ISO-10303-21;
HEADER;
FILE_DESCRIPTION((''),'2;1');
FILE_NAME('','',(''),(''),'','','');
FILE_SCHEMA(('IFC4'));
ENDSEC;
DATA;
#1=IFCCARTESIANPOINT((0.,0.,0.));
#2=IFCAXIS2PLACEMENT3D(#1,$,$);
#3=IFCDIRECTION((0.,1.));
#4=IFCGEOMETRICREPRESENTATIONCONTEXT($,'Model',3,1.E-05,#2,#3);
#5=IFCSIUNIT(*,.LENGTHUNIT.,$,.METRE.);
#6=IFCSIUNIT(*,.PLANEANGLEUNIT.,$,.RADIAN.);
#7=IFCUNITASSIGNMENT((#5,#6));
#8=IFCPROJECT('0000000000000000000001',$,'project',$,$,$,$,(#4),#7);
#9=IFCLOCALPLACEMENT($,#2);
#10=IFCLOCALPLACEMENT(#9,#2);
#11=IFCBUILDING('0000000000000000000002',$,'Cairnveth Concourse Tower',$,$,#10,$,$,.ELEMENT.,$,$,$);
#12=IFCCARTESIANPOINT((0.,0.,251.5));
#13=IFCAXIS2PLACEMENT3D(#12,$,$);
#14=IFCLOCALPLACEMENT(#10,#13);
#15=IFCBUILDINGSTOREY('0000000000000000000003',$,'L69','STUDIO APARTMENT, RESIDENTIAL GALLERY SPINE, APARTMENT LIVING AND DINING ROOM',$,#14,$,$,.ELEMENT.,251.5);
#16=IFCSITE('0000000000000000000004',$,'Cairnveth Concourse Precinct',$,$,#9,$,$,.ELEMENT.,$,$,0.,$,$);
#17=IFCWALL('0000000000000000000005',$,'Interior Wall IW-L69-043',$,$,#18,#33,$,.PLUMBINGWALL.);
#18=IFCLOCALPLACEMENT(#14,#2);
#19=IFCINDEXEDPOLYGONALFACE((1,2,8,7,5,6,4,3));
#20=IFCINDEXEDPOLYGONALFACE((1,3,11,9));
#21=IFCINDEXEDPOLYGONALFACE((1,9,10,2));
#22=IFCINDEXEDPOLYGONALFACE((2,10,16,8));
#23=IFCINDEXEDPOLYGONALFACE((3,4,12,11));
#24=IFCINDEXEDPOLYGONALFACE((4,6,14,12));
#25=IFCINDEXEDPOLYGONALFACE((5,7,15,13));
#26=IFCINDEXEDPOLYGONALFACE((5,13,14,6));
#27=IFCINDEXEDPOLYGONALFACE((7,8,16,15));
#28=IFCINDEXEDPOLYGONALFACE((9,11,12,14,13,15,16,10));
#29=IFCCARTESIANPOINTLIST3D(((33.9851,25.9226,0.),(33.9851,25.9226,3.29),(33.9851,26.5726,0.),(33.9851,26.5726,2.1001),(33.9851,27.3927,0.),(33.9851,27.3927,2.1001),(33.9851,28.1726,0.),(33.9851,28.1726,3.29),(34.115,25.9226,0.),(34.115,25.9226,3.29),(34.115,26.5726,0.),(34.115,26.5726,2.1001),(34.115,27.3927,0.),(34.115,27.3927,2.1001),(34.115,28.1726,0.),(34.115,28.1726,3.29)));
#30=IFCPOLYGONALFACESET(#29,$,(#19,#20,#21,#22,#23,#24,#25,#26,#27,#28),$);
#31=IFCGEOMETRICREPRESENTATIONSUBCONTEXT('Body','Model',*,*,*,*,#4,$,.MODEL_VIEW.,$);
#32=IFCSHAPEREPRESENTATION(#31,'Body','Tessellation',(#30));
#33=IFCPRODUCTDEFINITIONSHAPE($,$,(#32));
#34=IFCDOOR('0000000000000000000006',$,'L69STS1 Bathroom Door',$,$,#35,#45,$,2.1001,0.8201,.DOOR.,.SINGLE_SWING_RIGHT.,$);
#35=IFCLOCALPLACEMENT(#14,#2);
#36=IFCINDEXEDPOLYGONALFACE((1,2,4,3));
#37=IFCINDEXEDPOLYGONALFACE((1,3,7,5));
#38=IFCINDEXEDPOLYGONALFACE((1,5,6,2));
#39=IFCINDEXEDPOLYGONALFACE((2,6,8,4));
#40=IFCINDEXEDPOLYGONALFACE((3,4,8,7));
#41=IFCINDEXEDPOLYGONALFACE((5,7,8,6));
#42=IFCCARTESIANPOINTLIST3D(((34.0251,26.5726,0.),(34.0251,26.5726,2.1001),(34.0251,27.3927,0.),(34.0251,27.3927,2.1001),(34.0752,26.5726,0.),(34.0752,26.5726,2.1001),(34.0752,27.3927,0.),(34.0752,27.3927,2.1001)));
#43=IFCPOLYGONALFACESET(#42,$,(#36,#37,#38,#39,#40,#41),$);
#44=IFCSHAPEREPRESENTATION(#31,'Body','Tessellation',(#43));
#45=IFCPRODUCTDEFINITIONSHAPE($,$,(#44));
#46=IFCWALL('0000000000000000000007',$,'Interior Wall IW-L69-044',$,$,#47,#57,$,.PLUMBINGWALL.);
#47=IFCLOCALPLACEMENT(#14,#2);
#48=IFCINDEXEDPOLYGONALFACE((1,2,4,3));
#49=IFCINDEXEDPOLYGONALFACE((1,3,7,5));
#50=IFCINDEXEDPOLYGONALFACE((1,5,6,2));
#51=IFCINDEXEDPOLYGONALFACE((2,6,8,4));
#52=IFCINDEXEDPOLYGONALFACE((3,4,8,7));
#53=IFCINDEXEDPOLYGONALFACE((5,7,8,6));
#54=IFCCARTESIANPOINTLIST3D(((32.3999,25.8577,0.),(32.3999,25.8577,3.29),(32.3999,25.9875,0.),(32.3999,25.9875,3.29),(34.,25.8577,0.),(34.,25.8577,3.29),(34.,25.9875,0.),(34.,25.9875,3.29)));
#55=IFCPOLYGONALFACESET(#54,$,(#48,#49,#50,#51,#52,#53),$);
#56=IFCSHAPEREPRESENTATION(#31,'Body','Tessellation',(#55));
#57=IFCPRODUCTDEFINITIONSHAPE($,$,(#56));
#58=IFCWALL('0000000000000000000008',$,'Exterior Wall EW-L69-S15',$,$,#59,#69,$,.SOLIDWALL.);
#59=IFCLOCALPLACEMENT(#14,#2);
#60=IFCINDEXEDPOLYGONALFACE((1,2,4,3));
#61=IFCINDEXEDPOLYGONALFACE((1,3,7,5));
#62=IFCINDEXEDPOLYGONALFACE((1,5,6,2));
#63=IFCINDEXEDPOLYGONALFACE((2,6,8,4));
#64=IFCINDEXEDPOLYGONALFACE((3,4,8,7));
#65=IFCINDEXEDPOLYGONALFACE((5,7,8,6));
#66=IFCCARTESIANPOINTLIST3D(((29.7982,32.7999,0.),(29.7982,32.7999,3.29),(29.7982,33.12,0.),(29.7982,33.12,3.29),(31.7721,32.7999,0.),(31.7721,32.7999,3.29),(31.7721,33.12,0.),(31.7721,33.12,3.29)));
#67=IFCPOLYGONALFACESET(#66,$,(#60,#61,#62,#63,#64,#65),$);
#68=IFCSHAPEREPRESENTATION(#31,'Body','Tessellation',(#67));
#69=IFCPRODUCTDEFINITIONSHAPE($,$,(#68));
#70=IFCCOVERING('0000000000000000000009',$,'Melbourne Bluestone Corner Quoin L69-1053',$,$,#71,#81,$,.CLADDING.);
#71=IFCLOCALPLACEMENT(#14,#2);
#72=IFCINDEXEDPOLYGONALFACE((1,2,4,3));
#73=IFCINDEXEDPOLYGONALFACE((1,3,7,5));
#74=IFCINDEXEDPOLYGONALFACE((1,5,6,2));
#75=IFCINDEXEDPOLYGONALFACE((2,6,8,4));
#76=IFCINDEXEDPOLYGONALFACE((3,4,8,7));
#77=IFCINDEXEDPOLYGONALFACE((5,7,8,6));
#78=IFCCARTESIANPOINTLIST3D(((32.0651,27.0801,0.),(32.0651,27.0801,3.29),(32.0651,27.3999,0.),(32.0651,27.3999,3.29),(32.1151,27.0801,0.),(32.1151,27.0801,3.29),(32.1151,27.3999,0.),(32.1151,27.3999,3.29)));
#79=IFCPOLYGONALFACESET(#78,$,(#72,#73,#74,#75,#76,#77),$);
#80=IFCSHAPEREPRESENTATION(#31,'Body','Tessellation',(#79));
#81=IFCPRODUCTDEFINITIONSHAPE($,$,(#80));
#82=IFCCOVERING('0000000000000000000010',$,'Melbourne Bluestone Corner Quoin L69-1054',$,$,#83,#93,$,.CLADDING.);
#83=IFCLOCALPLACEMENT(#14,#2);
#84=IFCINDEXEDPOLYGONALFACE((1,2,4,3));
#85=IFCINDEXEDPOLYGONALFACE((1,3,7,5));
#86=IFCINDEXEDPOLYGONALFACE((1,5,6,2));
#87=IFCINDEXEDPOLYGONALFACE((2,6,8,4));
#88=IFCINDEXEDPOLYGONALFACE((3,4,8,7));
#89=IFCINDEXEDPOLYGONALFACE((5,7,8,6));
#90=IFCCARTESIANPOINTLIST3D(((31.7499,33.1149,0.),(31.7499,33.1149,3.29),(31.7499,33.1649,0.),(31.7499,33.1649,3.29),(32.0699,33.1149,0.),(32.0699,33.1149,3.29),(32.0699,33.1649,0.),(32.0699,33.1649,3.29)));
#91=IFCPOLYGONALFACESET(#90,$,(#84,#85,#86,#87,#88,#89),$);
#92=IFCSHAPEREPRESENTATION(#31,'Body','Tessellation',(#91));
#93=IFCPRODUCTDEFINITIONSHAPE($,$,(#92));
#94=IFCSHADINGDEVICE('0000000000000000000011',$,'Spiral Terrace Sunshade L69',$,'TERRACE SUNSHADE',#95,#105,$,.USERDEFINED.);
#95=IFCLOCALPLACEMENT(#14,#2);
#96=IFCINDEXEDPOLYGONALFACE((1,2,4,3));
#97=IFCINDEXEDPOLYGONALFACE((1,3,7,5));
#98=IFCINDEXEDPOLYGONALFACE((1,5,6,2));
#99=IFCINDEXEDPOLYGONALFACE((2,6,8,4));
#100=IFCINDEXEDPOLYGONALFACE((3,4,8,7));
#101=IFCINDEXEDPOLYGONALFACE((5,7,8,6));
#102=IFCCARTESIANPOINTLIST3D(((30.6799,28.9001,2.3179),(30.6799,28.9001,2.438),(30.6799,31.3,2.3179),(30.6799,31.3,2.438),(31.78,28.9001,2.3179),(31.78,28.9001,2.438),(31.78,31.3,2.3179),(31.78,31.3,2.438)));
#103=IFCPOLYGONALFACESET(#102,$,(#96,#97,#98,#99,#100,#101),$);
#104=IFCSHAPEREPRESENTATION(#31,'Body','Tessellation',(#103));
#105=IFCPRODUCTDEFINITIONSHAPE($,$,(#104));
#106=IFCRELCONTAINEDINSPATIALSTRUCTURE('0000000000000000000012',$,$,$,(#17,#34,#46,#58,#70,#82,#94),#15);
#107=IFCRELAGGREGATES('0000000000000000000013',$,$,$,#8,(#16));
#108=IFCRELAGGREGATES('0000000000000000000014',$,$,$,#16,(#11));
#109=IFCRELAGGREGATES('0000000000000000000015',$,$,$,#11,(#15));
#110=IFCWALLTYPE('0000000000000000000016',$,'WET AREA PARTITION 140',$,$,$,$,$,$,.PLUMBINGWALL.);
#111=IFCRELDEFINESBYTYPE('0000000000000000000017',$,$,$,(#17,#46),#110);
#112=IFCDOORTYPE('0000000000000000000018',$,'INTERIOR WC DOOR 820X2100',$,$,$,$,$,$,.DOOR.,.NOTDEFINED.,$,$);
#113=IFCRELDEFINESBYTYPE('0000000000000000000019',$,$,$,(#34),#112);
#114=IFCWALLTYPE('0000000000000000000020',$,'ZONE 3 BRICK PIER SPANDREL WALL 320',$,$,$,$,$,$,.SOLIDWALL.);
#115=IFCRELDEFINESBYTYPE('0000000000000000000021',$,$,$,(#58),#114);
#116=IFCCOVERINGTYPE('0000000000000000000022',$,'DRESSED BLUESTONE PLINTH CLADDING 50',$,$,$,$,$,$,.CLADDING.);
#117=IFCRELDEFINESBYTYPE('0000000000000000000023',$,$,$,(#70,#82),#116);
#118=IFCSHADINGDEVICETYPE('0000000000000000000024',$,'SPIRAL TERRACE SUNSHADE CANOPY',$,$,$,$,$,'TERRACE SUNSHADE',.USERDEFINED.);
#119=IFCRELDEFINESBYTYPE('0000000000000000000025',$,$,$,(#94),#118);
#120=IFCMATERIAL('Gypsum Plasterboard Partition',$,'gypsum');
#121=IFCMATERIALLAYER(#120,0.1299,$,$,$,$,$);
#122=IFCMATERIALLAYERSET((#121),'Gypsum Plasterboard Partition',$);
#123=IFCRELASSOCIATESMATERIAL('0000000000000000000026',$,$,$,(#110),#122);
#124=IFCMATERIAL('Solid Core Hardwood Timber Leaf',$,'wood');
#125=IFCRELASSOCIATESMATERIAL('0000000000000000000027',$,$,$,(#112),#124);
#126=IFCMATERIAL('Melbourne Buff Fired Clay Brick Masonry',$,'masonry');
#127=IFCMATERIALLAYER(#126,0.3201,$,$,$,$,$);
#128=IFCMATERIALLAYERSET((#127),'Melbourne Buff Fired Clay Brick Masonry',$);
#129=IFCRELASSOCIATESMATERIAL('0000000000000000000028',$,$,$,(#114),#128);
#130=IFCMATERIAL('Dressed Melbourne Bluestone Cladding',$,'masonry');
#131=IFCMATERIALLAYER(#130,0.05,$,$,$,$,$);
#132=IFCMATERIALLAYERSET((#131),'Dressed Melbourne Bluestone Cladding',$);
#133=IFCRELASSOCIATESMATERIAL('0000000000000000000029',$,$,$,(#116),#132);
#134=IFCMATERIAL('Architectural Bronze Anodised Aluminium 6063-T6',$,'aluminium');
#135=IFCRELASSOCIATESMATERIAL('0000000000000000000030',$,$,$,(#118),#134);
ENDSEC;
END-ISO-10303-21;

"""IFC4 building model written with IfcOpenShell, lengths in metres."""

from ifc_helpers import new_model, si_unit, direction, frame, frame_2d, origin, origin_2d, place, context, subcontext, project, spatial, rectangle, extrude, material, layer, layer_set, type_object, element, fill, save


model = new_model("IFC4")

# Units and contexts
model_context = context("Model", 3, precision=1e-05, world=origin(), true_north=direction((0.0, 1.0)))
body_context = subcontext(model_context, "Body", "Model", "MODEL_VIEW")
ifc_project = project(units=[si_unit("LENGTHUNIT", "METRE"), si_unit("PLANEANGLEUNIT", "RADIAN")], contexts=[model_context])

# Site, building, storey
site_placement = place(None, origin())
site = spatial("IfcSite", under=ifc_project, at=site_placement, Name="Cairnveth Concourse Precinct", CompositionType="ELEMENT", RefElevation=0.0)
building_placement = place(site_placement, origin())
building = spatial("IfcBuilding", under=site, at=building_placement, Name="Cairnveth Concourse Tower", CompositionType="ELEMENT")
storey_placement = place(building_placement, frame((0.0, 0.0, 251.5)))
storey = spatial("IfcBuildingStorey", under=building, at=storey_placement, Name="L69", Description="STUDIO APARTMENT, RESIDENTIAL GALLERY SPINE, APARTMENT LIVING AND DINING ROOM", CompositionType="ELEMENT", Elevation=251.5)

# Shared definitions
ifc_material_1 = material(Name="Gypsum Plasterboard Partition", Category="gypsum")
ifc_material_2 = material(Name="Solid Core Hardwood Timber Leaf", Category="wood")

# Wall, opening, door
ifc_layer_1 = layer(ifc_material_1, 0.1299)
ifc_layer_set_1 = layer_set([ifc_layer_1], Name="Gypsum Plasterboard Partition")
wall_type_1 = type_object("IfcWallType", Name="WET AREA PARTITION 140", PredefinedType="PLUMBINGWALL", material=ifc_layer_set_1)
wall_1_placement = place(storey_placement, frame((34.05, 25.9226, 0.0), z_axis=(0.0, 0.0, 1.0), x_axis=(0.0, 1.0, 0.0)))
wall_1 = element("IfcWall", 1, at=wall_1_placement, inside=storey, type_object=wall_type_1, Name="Interior Wall IW-L69-043", PredefinedType="PLUMBINGWALL", context=body_context, shape_type="SweptSolid", body=[
    extrude(rectangle(XDim=2.25, YDim=0.1299, at=frame_2d((1.125, 0.0))), origin(), (0.0, 0.0, 1.0), 3.29),
])
opening_1_placement = place(wall_1_placement, frame((0.6499, 0.0, 0.0)))
opening_1 = element("IfcOpeningElement", 2, at=opening_1_placement, cuts=wall_1, PredefinedType="OPENING", context=body_context, shape_type="SweptSolid", body=[
    extrude(rectangle(XDim=0.8201, YDim=2.1001, at=frame_2d((0.4102, 1.05))), frame((0.0, 0.075, 0.0), z_axis=(0.0, -1.0, 0.0), x_axis=(1.0, 0.0, 0.0)), (0.0, 0.0, 1.0), 0.1499),
])
door_type_1 = type_object("IfcDoorType", Name="INTERIOR WC DOOR 820X2100", OperationType="NOTDEFINED", PredefinedType="DOOR", material=ifc_material_2)
door_1_placement = place(opening_1_placement, origin())
door_1 = element("IfcDoor", 3, at=door_1_placement, inside=storey, type_object=door_type_1, Name="L69STS1 Bathroom Door", OperationType="SINGLE_SWING_RIGHT", OverallHeight=2.1001, OverallWidth=0.8201, PredefinedType="DOOR", context=body_context, shape_type="SweptSolid", body=[
    extrude(rectangle(XDim=0.8201, YDim=2.1001, at=frame_2d((0.4102, 1.05))), frame((0.0, 0.0249, 0.0), z_axis=(0.0, -1.0, 0.0), x_axis=(1.0, 0.0, 0.0)), (0.0, 0.0, 1.0), 0.05),
])
fill(opening_1, door_1)

# Wall
wall_2_placement = place(storey_placement, frame((32.3999, 25.9226, 0.0), z_axis=(0.0, 0.0, 1.0), x_axis=(1.0, 0.0, 0.0)))
element("IfcWall", 4, at=wall_2_placement, inside=storey, type_object=wall_type_1, Name="Interior Wall IW-L69-044", PredefinedType="PLUMBINGWALL", context=body_context, shape_type="SweptSolid", body=[
    extrude(rectangle(XDim=1.6001, YDim=0.1299, at=frame_2d((0.8, 0.0))), origin(), (0.0, 0.0, 1.0), 3.29),
])

# Shared definitions
ifc_material_3 = material(Name="Melbourne Buff Fired Clay Brick Masonry", Category="masonry")
ifc_layer_2 = layer(ifc_material_3, 0.3201)
ifc_layer_set_2 = layer_set([ifc_layer_2], Name="Melbourne Buff Fired Clay Brick Masonry")
wall_type_2 = type_object("IfcWallType", Name="ZONE 3 BRICK PIER SPANDREL WALL 320", PredefinedType="SOLIDWALL", material=ifc_layer_set_2)
ifc_material_4 = material(Name="Architectural Bronze Anodised Aluminium 6063-T6", Category="aluminium")

# Wall
wall_3_placement = place(storey_placement, frame((31.772, 32.96, 0.0), z_axis=(0.0, 0.0, 1.0), x_axis=(-1.0, 0.0, 0.0)))
element("IfcWall", 5, at=wall_3_placement, inside=storey, type_object=wall_type_2, Name="Exterior Wall EW-L69-S15", PredefinedType="SOLIDWALL", context=body_context, shape_type="SweptSolid", body=[
    extrude(rectangle(XDim=1.9739, YDim=0.3201, at=frame_2d((0.9868, 0.0))), origin(), (0.0, 0.0, 1.0), 3.29),
])

# Coverings
ifc_material_5 = material(Name="Dressed Melbourne Bluestone Cladding", Category="masonry")
ifc_layer_3 = layer(ifc_material_5, 0.05)
ifc_layer_set_3 = layer_set([ifc_layer_3], Name="Dressed Melbourne Bluestone Cladding")
covering_type = type_object("IfcCoveringType", Name="DRESSED BLUESTONE PLINTH CLADDING 50", PredefinedType="CLADDING", material=ifc_layer_set_3)
covering_1_placement = place(storey_placement, frame((32.0901, 27.0801, 0.0), z_axis=(0.0, 0.0, 1.0), x_axis=(0.0, 1.0, 0.0)))
element("IfcCovering", 6, at=covering_1_placement, inside=storey, type_object=covering_type, Name="Melbourne Bluestone Corner Quoin L69-1053", PredefinedType="CLADDING", context=body_context, shape_type="SweptSolid", body=[
    extrude(rectangle(XDim=0.3198, YDim=0.05, at=frame_2d((0.1599, 0.0))), origin(), (0.0, 0.0, 1.0), 3.29),
])
covering_2_placement = place(storey_placement, frame((32.0701, 33.1399, 0.0), z_axis=(0.0, 0.0, 1.0), x_axis=(-1.0, 0.0, 0.0)))
element("IfcCovering", 7, at=covering_2_placement, inside=storey, type_object=covering_type, Name="Melbourne Bluestone Corner Quoin L69-1054", PredefinedType="CLADDING", context=body_context, shape_type="SweptSolid", body=[
    extrude(rectangle(XDim=0.3201, YDim=0.05, at=frame_2d((0.1602, 0.0))), origin(), (0.0, 0.0, 1.0), 3.29),
])

# Shading device
shading_device_type = type_object("IfcShadingDeviceType", Name="SPIRAL TERRACE SUNSHADE CANOPY", ElementType="TERRACE SUNSHADE", PredefinedType="USERDEFINED", material=ifc_material_4)
shading_device_placement = place(storey_placement, frame((31.23, 30.1001, 2.3179), z_axis=(0.0, 0.0, 1.0), x_axis=(1.0, 0.0, 0.0)))
element("IfcShadingDevice", 8, at=shading_device_placement, inside=storey, type_object=shading_device_type, Name="Spiral Terrace Sunshade L69", ObjectType="TERRACE SUNSHADE", PredefinedType="USERDEFINED", context=body_context, shape_type="SweptSolid", body=[
    extrude(rectangle(XDim=1.1001, YDim=2.3999, at=origin_2d()), origin(), (0.0, 0.0, 1.0), 0.1201),
])

save(model, "model.ifc")
